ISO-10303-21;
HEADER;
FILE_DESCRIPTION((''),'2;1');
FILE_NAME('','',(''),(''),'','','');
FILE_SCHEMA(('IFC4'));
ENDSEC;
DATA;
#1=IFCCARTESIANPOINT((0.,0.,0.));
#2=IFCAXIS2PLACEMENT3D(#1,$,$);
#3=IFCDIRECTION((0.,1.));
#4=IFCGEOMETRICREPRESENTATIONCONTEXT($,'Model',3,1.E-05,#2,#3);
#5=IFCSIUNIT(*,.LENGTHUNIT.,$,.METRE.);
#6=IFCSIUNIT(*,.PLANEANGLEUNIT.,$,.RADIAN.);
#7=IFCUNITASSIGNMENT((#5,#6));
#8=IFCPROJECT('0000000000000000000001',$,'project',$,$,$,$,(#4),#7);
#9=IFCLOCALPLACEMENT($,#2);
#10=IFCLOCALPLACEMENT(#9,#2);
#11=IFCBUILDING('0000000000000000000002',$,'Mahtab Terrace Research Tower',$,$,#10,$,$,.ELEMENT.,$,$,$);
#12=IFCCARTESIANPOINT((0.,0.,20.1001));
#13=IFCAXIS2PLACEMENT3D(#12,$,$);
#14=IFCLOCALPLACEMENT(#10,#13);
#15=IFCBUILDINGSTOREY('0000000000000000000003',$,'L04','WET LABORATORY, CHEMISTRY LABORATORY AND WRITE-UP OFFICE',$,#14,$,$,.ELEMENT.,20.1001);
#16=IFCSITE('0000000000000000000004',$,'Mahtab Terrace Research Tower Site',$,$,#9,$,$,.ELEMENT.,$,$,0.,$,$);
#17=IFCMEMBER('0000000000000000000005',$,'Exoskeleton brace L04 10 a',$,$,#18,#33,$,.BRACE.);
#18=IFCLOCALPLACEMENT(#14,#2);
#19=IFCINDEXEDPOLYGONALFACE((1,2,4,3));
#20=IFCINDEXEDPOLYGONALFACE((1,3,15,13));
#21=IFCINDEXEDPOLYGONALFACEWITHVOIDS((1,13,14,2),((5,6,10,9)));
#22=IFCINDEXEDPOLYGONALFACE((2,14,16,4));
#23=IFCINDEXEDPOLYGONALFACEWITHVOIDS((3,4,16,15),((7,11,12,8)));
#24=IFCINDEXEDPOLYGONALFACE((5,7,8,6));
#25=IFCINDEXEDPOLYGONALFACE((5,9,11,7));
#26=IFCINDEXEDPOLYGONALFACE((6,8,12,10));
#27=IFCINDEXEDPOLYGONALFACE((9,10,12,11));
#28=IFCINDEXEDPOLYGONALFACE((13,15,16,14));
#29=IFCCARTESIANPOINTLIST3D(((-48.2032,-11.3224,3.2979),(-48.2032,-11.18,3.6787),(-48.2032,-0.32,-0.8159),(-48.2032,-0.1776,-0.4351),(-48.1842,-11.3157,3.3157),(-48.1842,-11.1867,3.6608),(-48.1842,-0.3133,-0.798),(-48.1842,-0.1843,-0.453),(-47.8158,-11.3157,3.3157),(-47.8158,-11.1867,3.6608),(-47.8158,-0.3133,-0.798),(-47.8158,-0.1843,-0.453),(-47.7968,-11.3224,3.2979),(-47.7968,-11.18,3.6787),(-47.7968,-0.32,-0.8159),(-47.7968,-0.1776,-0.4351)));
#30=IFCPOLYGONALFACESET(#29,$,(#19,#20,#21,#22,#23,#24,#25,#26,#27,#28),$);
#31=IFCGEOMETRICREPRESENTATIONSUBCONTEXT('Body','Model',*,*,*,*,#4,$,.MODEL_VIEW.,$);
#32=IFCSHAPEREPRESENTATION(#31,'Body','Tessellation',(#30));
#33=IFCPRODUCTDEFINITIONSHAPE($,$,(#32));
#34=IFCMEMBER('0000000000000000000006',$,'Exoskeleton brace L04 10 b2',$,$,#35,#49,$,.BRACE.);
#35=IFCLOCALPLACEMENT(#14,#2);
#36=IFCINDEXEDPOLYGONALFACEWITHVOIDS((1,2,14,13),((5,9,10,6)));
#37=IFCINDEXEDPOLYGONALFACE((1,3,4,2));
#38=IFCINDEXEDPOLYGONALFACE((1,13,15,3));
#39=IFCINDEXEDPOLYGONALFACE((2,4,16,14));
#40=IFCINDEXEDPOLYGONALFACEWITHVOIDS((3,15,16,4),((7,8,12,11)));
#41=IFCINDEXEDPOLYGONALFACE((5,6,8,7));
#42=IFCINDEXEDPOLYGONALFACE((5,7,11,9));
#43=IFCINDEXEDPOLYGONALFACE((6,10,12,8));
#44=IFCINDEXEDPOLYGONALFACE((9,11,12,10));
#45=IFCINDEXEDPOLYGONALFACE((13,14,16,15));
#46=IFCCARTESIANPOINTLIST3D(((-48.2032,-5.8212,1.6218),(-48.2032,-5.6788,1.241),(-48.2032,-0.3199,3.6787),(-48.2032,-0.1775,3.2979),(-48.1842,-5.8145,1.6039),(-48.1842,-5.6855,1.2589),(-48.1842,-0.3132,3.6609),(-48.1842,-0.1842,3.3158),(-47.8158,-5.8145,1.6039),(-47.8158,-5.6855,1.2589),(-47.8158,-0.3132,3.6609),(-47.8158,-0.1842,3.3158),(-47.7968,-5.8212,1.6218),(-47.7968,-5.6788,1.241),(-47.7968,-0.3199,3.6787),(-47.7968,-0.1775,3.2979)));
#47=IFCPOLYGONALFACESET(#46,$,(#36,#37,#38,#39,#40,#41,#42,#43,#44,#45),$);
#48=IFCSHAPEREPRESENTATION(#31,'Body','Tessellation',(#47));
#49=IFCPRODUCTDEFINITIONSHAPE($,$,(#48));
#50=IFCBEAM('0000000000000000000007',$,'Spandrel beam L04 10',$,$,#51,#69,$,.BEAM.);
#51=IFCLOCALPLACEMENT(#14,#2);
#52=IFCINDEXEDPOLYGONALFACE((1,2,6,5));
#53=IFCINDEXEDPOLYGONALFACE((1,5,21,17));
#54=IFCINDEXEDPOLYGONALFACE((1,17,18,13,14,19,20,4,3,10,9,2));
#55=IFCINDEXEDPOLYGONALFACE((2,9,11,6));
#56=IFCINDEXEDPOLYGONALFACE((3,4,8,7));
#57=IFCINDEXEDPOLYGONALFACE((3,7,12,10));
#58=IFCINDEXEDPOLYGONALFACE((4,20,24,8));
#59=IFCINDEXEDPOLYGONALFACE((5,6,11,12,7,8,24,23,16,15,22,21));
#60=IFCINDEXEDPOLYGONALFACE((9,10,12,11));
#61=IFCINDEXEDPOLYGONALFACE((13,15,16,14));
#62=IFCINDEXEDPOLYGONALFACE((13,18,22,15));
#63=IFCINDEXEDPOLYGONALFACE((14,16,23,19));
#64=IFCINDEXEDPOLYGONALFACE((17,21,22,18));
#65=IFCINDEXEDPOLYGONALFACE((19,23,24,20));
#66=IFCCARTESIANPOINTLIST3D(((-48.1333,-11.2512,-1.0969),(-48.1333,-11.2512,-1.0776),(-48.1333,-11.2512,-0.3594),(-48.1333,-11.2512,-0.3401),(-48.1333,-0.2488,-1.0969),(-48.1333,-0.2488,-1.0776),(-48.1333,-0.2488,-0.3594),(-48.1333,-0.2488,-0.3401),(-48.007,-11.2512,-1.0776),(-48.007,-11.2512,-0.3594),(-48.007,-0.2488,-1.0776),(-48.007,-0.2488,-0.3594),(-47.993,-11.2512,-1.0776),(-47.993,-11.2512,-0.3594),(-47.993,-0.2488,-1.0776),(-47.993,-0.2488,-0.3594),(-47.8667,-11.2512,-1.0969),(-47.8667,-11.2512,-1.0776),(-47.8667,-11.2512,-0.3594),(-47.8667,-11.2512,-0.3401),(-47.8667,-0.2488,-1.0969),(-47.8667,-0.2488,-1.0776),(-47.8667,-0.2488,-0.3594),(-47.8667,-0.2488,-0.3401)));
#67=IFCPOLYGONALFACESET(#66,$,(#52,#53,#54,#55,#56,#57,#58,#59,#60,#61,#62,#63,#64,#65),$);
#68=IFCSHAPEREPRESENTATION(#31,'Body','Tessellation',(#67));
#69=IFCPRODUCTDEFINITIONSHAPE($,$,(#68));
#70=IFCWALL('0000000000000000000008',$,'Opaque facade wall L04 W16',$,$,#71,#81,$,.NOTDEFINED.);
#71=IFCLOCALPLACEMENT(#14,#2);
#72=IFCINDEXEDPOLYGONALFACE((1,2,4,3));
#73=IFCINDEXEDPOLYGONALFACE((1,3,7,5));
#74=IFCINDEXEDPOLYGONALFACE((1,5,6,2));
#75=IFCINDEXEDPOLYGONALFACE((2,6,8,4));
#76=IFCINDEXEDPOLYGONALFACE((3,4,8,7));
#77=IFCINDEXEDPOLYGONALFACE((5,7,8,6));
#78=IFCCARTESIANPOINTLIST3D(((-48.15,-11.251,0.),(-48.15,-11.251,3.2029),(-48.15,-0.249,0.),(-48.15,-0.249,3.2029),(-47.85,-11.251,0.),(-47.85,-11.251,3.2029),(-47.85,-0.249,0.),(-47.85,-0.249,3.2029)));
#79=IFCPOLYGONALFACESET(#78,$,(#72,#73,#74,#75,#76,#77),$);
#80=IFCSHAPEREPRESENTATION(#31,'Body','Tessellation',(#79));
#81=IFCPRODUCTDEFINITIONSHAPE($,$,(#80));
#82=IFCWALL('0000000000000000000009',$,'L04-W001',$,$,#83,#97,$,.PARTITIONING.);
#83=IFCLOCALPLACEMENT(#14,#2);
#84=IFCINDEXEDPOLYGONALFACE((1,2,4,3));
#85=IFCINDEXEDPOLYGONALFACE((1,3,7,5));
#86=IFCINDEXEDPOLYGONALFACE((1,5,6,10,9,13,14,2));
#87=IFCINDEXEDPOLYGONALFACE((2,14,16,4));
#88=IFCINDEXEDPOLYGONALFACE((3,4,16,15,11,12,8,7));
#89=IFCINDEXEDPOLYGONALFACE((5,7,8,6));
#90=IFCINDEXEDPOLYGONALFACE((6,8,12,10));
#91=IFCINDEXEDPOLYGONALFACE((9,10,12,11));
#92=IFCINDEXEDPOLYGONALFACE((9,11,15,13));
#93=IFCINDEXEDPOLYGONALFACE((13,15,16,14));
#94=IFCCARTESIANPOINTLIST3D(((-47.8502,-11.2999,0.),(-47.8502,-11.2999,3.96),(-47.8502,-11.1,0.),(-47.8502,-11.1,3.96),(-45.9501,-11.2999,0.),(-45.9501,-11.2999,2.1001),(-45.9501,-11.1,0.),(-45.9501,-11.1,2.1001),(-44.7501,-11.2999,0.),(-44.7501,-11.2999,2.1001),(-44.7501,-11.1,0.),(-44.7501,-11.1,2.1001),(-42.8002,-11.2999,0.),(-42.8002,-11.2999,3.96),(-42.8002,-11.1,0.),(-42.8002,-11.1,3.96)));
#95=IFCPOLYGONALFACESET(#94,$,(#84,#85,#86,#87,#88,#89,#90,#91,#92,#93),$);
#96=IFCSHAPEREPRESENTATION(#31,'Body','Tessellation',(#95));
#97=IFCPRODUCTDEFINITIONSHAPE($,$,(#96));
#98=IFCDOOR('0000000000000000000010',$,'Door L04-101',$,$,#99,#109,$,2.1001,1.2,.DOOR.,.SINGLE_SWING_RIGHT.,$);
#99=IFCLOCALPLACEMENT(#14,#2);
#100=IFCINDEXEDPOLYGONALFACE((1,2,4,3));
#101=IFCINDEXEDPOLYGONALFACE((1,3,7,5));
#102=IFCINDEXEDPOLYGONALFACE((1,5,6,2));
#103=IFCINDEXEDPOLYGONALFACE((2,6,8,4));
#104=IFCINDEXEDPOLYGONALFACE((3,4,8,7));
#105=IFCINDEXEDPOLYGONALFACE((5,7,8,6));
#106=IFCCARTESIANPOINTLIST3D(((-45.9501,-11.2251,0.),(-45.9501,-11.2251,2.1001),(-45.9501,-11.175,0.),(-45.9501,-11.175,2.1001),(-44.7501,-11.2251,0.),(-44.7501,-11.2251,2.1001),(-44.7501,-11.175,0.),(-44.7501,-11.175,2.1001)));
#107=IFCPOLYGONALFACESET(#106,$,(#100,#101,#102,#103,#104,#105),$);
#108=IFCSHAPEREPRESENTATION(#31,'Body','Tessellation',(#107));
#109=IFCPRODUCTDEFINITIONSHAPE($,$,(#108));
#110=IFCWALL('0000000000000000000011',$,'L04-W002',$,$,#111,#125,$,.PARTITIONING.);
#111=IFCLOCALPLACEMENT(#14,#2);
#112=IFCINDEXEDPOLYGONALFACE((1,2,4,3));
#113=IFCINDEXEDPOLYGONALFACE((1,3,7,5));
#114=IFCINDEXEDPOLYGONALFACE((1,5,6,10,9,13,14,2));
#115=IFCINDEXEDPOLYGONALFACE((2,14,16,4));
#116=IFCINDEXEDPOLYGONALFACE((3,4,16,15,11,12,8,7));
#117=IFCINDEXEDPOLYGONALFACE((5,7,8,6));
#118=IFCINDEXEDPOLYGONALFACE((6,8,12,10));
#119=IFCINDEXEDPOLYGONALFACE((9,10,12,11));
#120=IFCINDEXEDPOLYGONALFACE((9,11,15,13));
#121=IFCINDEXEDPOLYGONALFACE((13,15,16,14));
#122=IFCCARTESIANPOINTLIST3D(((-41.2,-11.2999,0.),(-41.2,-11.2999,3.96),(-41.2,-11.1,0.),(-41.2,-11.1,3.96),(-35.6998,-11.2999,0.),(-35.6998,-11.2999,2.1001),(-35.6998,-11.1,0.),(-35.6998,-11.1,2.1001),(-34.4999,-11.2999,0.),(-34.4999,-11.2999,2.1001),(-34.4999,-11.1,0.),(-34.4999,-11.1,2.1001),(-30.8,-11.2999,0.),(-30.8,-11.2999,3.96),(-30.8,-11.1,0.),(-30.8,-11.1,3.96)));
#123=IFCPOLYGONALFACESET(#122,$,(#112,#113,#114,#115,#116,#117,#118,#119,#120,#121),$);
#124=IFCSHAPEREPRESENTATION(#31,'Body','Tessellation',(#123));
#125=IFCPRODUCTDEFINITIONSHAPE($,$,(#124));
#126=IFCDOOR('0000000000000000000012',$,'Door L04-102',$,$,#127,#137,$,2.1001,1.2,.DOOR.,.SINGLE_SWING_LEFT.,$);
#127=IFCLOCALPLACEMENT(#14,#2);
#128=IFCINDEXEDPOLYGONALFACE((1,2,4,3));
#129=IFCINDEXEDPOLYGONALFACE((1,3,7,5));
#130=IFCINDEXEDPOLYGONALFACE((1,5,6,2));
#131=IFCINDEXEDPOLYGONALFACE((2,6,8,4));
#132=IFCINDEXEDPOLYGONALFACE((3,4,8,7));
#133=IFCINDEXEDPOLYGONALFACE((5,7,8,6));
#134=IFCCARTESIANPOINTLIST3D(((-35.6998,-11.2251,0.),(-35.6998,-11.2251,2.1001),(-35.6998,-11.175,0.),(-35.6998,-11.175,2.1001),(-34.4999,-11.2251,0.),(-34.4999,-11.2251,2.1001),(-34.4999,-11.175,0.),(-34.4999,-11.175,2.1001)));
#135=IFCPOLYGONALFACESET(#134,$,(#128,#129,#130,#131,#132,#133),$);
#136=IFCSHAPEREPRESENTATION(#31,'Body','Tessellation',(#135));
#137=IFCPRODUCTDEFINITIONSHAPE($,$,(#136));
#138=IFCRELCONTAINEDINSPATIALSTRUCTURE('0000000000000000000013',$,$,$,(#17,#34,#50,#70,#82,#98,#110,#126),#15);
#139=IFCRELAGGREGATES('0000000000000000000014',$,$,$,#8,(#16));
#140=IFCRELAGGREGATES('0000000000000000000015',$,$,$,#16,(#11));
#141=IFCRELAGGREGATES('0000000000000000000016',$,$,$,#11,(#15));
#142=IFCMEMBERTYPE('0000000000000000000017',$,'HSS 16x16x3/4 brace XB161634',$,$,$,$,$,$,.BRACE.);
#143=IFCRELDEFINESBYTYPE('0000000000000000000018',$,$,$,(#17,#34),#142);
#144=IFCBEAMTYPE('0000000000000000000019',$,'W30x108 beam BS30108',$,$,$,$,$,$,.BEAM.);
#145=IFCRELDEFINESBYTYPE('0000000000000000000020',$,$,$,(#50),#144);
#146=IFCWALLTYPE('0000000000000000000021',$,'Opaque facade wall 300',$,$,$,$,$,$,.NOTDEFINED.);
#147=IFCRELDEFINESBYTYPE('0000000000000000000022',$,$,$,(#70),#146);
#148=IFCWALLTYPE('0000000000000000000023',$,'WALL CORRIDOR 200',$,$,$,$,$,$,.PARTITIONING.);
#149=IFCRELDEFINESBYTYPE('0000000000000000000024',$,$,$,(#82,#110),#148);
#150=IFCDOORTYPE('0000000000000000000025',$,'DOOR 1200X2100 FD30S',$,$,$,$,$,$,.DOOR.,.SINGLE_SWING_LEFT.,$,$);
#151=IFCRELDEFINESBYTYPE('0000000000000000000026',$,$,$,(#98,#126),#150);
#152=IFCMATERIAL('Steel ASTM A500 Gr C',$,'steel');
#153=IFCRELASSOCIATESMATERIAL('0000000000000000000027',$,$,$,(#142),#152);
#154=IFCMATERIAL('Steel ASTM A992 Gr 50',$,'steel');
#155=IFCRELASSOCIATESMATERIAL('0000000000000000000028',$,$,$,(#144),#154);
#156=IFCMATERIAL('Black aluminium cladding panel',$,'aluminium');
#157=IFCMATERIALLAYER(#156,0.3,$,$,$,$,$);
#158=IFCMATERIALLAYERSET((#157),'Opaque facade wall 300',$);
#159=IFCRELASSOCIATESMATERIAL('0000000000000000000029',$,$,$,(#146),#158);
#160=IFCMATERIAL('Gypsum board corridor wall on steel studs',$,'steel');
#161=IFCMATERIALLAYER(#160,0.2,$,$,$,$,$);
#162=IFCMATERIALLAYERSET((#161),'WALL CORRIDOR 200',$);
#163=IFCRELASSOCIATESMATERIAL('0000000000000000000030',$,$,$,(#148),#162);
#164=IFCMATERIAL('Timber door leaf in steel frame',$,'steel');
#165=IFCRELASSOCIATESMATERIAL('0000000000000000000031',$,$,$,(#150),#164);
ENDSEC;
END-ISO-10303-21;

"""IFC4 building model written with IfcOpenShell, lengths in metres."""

from ifc_helpers import new_model, si_unit, direction, frame, frame_2d, origin, origin_2d, place, context, subcontext, project, spatial, rectangle, hollow_rectangle, i_section, extrude, material, layer, layer_set, material_profile, profile_set, type_object, element, fill, save


model = new_model("IFC4")

# Units and contexts
model_context = context("Model", 3, precision=1e-05, world=origin(), true_north=direction((0.0, 1.0)))
body_context = subcontext(model_context, "Body", "Model", "MODEL_VIEW")
ifc_project = project(units=[si_unit("LENGTHUNIT", "METRE"), si_unit("PLANEANGLEUNIT", "RADIAN")], contexts=[model_context])

# Site, building, storey
site_placement = place(None, origin())
site = spatial("IfcSite", under=ifc_project, at=site_placement, Name="Mahtab Terrace Research Tower Site", CompositionType="ELEMENT", RefElevation=0.0)
building_placement = place(site_placement, origin())
building = spatial("IfcBuilding", under=site, at=building_placement, Name="Mahtab Terrace Research Tower", CompositionType="ELEMENT")
storey_placement = place(building_placement, frame((0.0, 0.0, 20.1001)))
storey = spatial("IfcBuildingStorey", under=building, at=storey_placement, Name="L04", Description="WET LABORATORY, CHEMISTRY LABORATORY AND WRITE-UP OFFICE", CompositionType="ELEMENT", Elevation=20.1001)

# Members
ifc_material_1 = material(Name="Steel ASTM A500 Gr C", Category="steel")
ifc_material_profile_1 = material_profile(ifc_material_1, hollow_rectangle(XDim=0.4065, YDim=0.4065, WallThickness=0.019, at=origin_2d()), Name="HSS16X16X3/4")
ifc_profile_set_1 = profile_set([ifc_material_profile_1], Name="Steel ASTM A500 Gr C")
member_type = type_object("IfcMemberType", Name="HSS 16x16x3/4 brace XB161634", PredefinedType="BRACE", material=ifc_profile_set_1)
member_1_placement = place(storey_placement, frame((-48.0, -0.2488, -0.6255), z_axis=(0.0, -0.936669, 0.350217), x_axis=(1.0, 0.0, 0.0)))
element("IfcMember", 1, at=member_1_placement, inside=storey, type_object=member_type, Name="Exoskeleton brace L04 10 a", PredefinedType="BRACE", context=body_context, shape_type="SweptSolid", body=[
    extrude(hollow_rectangle(XDim=0.4065, YDim=0.4065, WallThickness=0.019, at=origin_2d()), origin(), (0.0, 0.0, 1.0), 11.7463),
])
member_2_placement = place(storey_placement, frame((-48.0, -5.75, 1.4314), z_axis=(0.0, 0.936669, 0.350217), x_axis=(-1.0, 0.0, 0.0)))
element("IfcMember", 2, at=member_2_placement, inside=storey, type_object=member_type, Name="Exoskeleton brace L04 10 b2", PredefinedType="BRACE", context=body_context, shape_type="SweptSolid", body=[
    extrude(hollow_rectangle(XDim=0.4065, YDim=0.4065, WallThickness=0.019, at=origin_2d()), origin(), (0.0, 0.0, 1.0), 5.8733),
])

# Beam
ifc_material_2 = material(Name="Steel ASTM A992 Gr 50", Category="steel")
ifc_material_profile_2 = material_profile(ifc_material_2, i_section(OverallWidth=0.2666, OverallDepth=0.7568, WebThickness=0.0139, FlangeThickness=0.0193, at=origin_2d()), Name="W30X108")
ifc_profile_set_2 = profile_set([ifc_material_profile_2], Name="Steel ASTM A992 Gr 50")
beam_type = type_object("IfcBeamType", Name="W30x108 beam BS30108", PredefinedType="BEAM", material=ifc_profile_set_2)
beam_placement = place(storey_placement, frame((-48.0, -0.2488, -0.7185), z_axis=(0.0, -1.0, 0.0), x_axis=(1.0, 0.0, 0.0)))
element("IfcBeam", 3, at=beam_placement, inside=storey, type_object=beam_type, Name="Spandrel beam L04 10", PredefinedType="BEAM", context=body_context, shape_type="SweptSolid", body=[
    extrude(i_section(OverallWidth=0.2666, OverallDepth=0.7568, WebThickness=0.0139, FlangeThickness=0.0193, at=origin_2d()), origin(), (0.0, 0.0, 1.0), 11.0024),
])

# Wall
ifc_material_3 = material(Name="Black aluminium cladding panel", Category="aluminium")
ifc_layer_1 = layer(ifc_material_3, 0.3)
ifc_layer_set_1 = layer_set([ifc_layer_1], Name="Opaque facade wall 300")
wall_type_1 = type_object("IfcWallType", Name="Opaque facade wall 300", PredefinedType="NOTDEFINED", material=ifc_layer_set_1)
wall_1_placement = place(storey_placement, frame((-48.0, -0.249, 0.0), z_axis=(0.0, 0.0, 1.0), x_axis=(0.0, -1.0, 0.0)))
element("IfcWall", 4, at=wall_1_placement, inside=storey, type_object=wall_type_1, Name="Opaque facade wall L04 W16", PredefinedType="NOTDEFINED", context=body_context, shape_type="SweptSolid", body=[
    extrude(rectangle(XDim=11.002, YDim=0.3, at=frame_2d((5.501, 0.0))), origin(), (0.0, 0.0, 1.0), 3.2029),
])

# Walls, openings, doors
ifc_material_4 = material(Name="Gypsum board corridor wall on steel studs", Category="steel")
ifc_layer_2 = layer(ifc_material_4, 0.2)
ifc_layer_set_2 = layer_set([ifc_layer_2], Name="WALL CORRIDOR 200")
wall_type_2 = type_object("IfcWallType", Name="WALL CORRIDOR 200", PredefinedType="PARTITIONING", material=ifc_layer_set_2)
wall_2_placement = place(storey_placement, frame((-47.8501, -11.2, 0.0), z_axis=(0.0, 0.0, 1.0), x_axis=(1.0, 0.0, 0.0)))
wall_2 = element("IfcWall", 5, at=wall_2_placement, inside=storey, type_object=wall_type_2, Name="L04-W001", PredefinedType="PARTITIONING", context=body_context, shape_type="SweptSolid", body=[
    extrude(rectangle(XDim=5.05, YDim=0.2, at=frame_2d((2.5249, 0.0))), origin(), (0.0, 0.0, 1.0), 3.96),
])
opening_1_placement = place(wall_2_placement, frame((1.8999, 0.0, 0.0)))
opening_1 = element("IfcOpeningElement", 6, at=opening_1_placement, cuts=wall_2, PredefinedType="OPENING", context=body_context, shape_type="SweptSolid", body=[
    extrude(rectangle(XDim=1.2, YDim=2.1001, at=frame_2d((0.6001, 1.05))), frame((0.0, 0.1099, 0.0), z_axis=(0.0, -1.0, 0.0), x_axis=(1.0, 0.0, 0.0)), (0.0, 0.0, 1.0), 0.22),
])
ifc_material_5 = material(Name="Timber door leaf in steel frame", Category="steel")
door_type = type_object("IfcDoorType", Name="DOOR 1200X2100 FD30S", OperationType="SINGLE_SWING_LEFT", PredefinedType="DOOR", material=ifc_material_5)
door_1_placement = place(opening_1_placement, origin())
door_1 = element("IfcDoor", 7, at=door_1_placement, inside=storey, type_object=door_type, Name="Door L04-101", OperationType="SINGLE_SWING_RIGHT", OverallHeight=2.1001, OverallWidth=1.2, PredefinedType="DOOR", context=body_context, shape_type="SweptSolid", body=[
    extrude(rectangle(XDim=1.2, YDim=2.1001, at=frame_2d((0.6001, 1.05))), frame((0.0, 0.0249, 0.0), z_axis=(0.0, -1.0, 0.0), x_axis=(1.0, 0.0, 0.0)), (0.0, 0.0, 1.0), 0.05),
])
fill(opening_1, door_1)
wall_3_placement = place(storey_placement, frame((-41.2, -11.2, 0.0), z_axis=(0.0, 0.0, 1.0), x_axis=(1.0, 0.0, 0.0)))
wall_3 = element("IfcWall", 8, at=wall_3_placement, inside=storey, type_object=wall_type_2, Name="L04-W002", PredefinedType="PARTITIONING", context=body_context, shape_type="SweptSolid", body=[
    extrude(rectangle(XDim=10.3999, YDim=0.2, at=frame_2d((5.2, 0.0))), origin(), (0.0, 0.0, 1.0), 3.96),
])
opening_2_placement = place(wall_3_placement, frame((5.5, 0.0, 0.0)))
opening_2 = element("IfcOpeningElement", 9, at=opening_2_placement, cuts=wall_3, PredefinedType="OPENING", context=body_context, shape_type="SweptSolid", body=[
    extrude(rectangle(XDim=1.2, YDim=2.1001, at=frame_2d((0.6001, 1.05))), frame((0.0, 0.1099, 0.0), z_axis=(0.0, -1.0, 0.0), x_axis=(1.0, 0.0, 0.0)), (0.0, 0.0, 1.0), 0.22),
])
door_2_placement = place(opening_2_placement, origin())
door_2 = element("IfcDoor", 10, at=door_2_placement, inside=storey, type_object=door_type, Name="Door L04-102", OperationType="SINGLE_SWING_LEFT", OverallHeight=2.1001, OverallWidth=1.2, PredefinedType="DOOR", context=body_context, shape_type="SweptSolid", body=[
    extrude(rectangle(XDim=1.2, YDim=2.1001, at=frame_2d((0.6001, 1.05))), frame((0.0, 0.0249, 0.0), z_axis=(0.0, -1.0, 0.0), x_axis=(1.0, 0.0, 0.0)), (0.0, 0.0, 1.0), 0.05),
])
fill(opening_2, door_2)

save(model, "model.ifc")
